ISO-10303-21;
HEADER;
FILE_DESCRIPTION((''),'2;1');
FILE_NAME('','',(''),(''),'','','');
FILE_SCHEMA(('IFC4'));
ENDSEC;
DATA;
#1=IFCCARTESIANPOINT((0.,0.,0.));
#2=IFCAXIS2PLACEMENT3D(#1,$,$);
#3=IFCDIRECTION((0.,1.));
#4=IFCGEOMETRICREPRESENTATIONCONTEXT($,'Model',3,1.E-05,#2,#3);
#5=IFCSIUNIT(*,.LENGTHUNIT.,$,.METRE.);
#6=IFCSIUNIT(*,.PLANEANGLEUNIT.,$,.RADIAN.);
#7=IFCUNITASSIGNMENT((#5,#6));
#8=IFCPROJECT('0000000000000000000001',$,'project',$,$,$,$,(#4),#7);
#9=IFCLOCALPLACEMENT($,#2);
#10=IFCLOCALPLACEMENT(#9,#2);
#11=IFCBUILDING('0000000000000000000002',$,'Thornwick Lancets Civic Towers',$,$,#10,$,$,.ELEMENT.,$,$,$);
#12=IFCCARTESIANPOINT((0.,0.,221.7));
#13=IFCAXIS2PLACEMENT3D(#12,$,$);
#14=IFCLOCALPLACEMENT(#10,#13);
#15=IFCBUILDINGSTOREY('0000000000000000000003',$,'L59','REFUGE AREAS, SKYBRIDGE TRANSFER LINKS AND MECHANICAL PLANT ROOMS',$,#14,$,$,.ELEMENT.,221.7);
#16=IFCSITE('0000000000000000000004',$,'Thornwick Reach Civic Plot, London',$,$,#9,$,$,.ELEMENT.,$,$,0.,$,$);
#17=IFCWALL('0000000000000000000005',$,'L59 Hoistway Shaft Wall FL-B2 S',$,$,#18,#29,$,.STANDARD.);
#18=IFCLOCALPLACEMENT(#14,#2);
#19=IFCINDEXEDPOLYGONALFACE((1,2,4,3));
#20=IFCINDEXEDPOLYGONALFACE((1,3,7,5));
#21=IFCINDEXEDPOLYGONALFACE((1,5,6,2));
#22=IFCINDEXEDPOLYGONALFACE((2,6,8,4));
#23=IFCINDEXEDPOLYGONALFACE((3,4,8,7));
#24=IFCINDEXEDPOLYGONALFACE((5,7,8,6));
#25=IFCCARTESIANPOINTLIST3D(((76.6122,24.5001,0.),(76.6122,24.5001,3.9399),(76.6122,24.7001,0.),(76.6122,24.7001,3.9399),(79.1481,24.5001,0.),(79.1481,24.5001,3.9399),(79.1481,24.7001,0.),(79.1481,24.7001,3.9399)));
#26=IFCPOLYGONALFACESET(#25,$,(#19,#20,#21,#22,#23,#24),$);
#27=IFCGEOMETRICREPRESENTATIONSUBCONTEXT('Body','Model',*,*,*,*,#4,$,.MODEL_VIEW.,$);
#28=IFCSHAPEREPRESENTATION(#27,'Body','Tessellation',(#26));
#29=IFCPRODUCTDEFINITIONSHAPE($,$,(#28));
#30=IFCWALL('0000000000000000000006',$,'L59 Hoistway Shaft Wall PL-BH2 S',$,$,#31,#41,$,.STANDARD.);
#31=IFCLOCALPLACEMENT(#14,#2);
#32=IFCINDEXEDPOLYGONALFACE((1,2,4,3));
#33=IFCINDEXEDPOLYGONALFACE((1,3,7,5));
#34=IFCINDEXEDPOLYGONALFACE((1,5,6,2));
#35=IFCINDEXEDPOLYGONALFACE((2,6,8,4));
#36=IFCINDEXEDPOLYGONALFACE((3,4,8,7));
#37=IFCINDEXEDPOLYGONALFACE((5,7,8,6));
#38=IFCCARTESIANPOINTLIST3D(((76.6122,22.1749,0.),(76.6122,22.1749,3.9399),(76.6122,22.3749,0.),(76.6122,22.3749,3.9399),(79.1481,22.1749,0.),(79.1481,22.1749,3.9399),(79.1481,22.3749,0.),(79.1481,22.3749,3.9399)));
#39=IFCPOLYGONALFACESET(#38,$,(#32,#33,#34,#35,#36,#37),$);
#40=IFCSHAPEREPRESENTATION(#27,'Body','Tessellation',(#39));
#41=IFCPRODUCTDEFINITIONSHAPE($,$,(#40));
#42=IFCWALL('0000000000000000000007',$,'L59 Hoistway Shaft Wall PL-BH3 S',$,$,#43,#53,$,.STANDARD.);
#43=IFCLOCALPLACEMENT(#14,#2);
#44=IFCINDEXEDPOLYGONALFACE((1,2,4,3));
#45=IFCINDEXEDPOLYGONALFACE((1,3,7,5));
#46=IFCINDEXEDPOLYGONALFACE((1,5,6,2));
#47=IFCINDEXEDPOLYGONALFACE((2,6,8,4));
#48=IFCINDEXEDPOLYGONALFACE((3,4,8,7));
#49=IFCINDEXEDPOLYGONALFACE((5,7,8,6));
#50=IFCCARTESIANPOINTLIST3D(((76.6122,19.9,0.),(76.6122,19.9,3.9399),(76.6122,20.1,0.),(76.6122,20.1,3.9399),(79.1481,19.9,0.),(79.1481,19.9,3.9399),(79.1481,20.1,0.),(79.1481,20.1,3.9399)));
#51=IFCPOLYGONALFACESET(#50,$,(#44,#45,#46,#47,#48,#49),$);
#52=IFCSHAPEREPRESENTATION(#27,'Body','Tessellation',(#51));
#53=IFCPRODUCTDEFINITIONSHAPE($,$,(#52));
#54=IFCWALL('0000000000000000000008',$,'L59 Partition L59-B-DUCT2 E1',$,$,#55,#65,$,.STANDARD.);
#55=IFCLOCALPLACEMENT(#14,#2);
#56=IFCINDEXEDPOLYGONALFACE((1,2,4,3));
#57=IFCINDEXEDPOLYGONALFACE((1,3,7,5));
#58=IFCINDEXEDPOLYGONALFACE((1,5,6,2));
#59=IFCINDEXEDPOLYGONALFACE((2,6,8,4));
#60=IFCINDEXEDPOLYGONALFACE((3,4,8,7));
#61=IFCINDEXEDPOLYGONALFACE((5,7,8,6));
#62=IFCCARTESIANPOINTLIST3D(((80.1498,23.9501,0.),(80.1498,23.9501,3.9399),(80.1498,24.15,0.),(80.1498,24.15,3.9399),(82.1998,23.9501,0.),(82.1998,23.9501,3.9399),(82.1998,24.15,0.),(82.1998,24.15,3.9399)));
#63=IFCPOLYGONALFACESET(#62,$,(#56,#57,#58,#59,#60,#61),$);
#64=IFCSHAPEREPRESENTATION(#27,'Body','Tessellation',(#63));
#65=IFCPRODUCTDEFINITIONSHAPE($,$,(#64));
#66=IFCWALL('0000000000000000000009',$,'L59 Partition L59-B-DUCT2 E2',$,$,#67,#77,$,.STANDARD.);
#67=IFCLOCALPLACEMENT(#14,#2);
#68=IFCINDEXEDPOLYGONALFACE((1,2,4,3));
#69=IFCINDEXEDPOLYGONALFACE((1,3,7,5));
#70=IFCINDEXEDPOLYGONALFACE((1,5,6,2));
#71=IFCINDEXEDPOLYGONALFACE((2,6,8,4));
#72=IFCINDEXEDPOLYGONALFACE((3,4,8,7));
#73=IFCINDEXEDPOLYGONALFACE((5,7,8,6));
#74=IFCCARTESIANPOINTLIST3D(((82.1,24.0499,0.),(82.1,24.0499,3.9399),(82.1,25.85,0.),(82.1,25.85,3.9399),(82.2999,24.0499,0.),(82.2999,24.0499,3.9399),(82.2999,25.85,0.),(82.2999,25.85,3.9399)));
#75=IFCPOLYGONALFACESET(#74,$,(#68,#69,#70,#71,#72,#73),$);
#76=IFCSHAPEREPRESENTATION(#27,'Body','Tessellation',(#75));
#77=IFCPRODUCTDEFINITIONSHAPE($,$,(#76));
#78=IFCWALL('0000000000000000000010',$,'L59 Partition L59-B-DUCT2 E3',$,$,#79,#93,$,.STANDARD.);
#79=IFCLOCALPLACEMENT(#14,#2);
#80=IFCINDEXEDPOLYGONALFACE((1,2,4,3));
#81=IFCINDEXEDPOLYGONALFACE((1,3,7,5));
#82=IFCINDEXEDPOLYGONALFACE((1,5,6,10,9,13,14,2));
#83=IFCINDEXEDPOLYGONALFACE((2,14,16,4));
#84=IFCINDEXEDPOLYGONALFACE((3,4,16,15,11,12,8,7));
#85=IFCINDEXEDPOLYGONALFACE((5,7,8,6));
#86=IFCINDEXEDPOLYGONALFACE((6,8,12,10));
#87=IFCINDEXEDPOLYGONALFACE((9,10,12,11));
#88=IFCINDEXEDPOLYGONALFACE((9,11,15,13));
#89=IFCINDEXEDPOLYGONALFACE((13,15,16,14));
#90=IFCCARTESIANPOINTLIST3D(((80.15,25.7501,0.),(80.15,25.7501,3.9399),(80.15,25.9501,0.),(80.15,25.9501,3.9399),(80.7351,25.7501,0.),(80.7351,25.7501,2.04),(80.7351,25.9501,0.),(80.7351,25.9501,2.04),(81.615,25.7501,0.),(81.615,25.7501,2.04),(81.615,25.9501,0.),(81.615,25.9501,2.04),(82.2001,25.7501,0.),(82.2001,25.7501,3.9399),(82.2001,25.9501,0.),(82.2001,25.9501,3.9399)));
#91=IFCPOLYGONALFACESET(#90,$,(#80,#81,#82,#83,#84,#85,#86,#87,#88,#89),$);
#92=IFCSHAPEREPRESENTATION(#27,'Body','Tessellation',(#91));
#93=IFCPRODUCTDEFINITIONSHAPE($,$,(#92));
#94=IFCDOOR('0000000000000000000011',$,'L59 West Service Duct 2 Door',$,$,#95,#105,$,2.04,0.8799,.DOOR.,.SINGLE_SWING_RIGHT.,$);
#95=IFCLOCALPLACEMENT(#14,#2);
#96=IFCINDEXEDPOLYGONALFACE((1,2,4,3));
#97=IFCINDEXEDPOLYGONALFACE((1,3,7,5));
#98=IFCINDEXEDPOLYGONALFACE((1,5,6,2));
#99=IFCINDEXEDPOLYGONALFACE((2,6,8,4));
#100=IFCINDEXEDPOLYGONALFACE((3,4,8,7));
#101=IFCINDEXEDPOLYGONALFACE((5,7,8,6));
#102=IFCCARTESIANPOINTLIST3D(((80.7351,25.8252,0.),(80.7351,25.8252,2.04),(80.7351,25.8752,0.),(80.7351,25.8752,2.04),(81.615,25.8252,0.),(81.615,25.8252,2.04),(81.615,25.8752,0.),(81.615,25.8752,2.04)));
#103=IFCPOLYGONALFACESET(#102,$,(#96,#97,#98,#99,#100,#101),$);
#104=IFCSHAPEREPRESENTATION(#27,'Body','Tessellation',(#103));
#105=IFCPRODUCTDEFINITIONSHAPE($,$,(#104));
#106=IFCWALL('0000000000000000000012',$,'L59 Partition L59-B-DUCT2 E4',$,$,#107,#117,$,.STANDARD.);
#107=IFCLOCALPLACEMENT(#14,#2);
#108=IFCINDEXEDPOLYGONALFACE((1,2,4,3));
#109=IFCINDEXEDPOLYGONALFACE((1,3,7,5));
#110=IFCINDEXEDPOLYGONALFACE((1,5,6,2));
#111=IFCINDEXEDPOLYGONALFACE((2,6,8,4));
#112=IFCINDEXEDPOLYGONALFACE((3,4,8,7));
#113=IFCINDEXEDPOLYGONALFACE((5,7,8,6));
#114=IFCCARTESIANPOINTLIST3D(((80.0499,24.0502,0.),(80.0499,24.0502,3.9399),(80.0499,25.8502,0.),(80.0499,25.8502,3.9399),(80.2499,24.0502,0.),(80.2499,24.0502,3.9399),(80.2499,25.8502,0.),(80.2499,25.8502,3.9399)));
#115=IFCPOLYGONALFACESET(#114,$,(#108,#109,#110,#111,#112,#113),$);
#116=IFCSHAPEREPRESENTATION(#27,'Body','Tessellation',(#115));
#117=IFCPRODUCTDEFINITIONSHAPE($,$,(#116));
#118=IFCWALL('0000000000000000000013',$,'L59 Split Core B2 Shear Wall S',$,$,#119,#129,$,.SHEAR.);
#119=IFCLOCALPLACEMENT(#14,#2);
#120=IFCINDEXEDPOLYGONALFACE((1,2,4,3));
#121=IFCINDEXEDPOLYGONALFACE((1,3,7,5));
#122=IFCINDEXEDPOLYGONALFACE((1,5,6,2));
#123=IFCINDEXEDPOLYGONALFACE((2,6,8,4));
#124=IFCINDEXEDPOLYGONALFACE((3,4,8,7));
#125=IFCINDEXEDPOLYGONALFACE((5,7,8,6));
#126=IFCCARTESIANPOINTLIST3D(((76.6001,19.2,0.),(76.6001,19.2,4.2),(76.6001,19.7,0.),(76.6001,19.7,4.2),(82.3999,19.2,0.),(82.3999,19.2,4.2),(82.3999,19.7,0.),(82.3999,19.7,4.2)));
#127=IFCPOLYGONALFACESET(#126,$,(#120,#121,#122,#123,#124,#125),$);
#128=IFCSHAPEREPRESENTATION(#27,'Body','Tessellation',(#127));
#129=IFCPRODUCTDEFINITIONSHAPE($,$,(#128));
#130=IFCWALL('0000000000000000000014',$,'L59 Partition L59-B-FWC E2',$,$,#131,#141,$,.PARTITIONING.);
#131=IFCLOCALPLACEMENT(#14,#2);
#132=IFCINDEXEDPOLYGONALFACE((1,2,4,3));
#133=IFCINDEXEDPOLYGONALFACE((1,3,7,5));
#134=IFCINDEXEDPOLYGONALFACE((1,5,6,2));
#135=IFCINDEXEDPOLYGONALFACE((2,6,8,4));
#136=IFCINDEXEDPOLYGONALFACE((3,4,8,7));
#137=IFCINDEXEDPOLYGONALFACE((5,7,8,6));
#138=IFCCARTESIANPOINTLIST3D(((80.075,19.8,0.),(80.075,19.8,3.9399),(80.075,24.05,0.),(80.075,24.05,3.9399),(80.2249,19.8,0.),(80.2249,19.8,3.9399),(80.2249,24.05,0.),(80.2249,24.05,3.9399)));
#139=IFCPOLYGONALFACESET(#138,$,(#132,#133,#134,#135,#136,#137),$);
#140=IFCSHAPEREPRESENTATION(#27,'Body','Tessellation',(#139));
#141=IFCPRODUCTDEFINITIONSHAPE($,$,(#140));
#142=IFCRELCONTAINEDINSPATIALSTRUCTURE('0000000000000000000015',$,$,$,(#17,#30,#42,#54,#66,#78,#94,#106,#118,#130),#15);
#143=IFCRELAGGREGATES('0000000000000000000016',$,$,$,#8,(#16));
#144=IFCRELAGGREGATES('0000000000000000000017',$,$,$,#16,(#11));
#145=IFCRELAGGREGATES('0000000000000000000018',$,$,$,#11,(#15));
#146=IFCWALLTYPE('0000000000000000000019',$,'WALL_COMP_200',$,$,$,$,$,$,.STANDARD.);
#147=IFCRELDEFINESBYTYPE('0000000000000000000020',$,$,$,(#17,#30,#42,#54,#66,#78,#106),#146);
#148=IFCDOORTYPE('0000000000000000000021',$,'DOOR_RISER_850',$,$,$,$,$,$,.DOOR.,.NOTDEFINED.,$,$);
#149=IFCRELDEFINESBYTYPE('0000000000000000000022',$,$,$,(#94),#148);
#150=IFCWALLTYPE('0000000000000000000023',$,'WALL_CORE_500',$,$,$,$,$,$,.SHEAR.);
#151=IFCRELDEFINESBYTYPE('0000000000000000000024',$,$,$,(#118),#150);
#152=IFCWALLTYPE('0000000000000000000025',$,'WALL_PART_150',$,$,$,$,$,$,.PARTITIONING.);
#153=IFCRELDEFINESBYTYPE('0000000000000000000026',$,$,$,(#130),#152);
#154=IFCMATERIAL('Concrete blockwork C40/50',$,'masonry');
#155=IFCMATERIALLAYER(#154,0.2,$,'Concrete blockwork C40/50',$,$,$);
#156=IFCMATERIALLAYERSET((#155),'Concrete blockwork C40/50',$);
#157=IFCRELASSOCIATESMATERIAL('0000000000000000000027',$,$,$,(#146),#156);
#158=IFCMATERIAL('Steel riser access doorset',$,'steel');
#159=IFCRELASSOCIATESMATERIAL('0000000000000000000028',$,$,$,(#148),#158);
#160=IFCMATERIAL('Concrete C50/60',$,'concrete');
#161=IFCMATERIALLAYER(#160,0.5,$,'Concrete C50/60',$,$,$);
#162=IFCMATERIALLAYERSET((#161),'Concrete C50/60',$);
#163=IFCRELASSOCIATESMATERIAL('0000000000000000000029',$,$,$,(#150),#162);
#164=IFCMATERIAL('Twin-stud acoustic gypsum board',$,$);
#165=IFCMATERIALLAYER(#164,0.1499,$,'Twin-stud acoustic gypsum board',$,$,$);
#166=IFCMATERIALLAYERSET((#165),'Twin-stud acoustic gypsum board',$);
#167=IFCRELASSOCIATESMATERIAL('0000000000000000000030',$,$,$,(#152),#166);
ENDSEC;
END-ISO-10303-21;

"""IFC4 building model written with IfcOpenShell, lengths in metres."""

from ifc_helpers import new_model, si_unit, direction, frame, frame_2d, origin, place, context, subcontext, project, spatial, rectangle, extrude, material, layer, layer_set, type_object, element, fill, save


model = new_model("IFC4")

# Units and contexts
model_context = context("Model", 3, precision=1e-05, world=origin(), true_north=direction((0.0, 1.0)))
body_context = subcontext(model_context, "Body", "Model", "MODEL_VIEW")
ifc_project = project(units=[si_unit("LENGTHUNIT", "METRE"), si_unit("PLANEANGLEUNIT", "RADIAN")], contexts=[model_context])

# Site, building, storey
site_placement = place(None, origin())
site = spatial("IfcSite", under=ifc_project, at=site_placement, Name="Thornwick Reach Civic Plot, London", CompositionType="ELEMENT", RefElevation=0.0)
building_placement = place(site_placement, origin())
building = spatial("IfcBuilding", under=site, at=building_placement, Name="Thornwick Lancets Civic Towers", CompositionType="ELEMENT")
storey_placement = place(building_placement, frame((0.0, 0.0, 221.7)))
storey = spatial("IfcBuildingStorey", under=building, at=storey_placement, Name="L59", Description="REFUGE AREAS, SKYBRIDGE TRANSFER LINKS AND MECHANICAL PLANT ROOMS", CompositionType="ELEMENT", Elevation=221.7)

# Shared definitions
ifc_material_1 = material(Name="Concrete C50/60", Category="concrete")

# Shared definitions
ifc_material_2 = material(Name="Concrete blockwork C40/50", Category="masonry")
ifc_layer_1 = layer(ifc_material_2, 0.2, Name="Concrete blockwork C40/50")
ifc_layer_set_1 = layer_set([ifc_layer_1], Name="Concrete blockwork C40/50")
wall_type_1 = type_object("IfcWallType", Name="WALL_COMP_200", PredefinedType="STANDARD", material=ifc_layer_set_1)

# Walls
for number, where, z_axis, x_axis, name in (
    (1, (76.6121, 24.6001, 0.0), (0.0, 0.0, 1.0), (1.0, 0.0, 0.0), "L59 Hoistway Shaft Wall FL-B2 S"),
    (2, (76.6121, 22.2749, 0.0), (0.0, 0.0, 1.0), (1.0, 0.0, 0.0), "L59 Hoistway Shaft Wall PL-BH2 S"),
    (3, (76.6121, 20.0, 0.0), (0.0, 0.0, 1.0), (1.0, 0.0, 0.0), "L59 Hoistway Shaft Wall PL-BH3 S"),
):
    element("IfcWall", number, at=place(storey_placement, frame(where, z_axis=z_axis, x_axis=x_axis)), inside=storey, type_object=wall_type_1, Name=name, PredefinedType="STANDARD", context=body_context, shape_type="SweptSolid", body=[
        extrude(rectangle(XDim=2.5359, YDim=0.2, at=frame_2d((1.2681, 0.0))), origin(), (0.0, 0.0, 1.0), 3.9399),
    ])
wall_1_placement = place(storey_placement, frame((80.1499, 24.05, 0.0), z_axis=(0.0, 0.0, 1.0), x_axis=(1.0, 0.0, 0.0)))
element("IfcWall", 4, at=wall_1_placement, inside=storey, type_object=wall_type_1, Name="L59 Partition L59-B-DUCT2 E1", PredefinedType="STANDARD", context=body_context, shape_type="SweptSolid", body=[
    extrude(rectangle(XDim=2.05, YDim=0.2, at=frame_2d((1.0249, 0.0))), origin(), (0.0, 0.0, 1.0), 3.9399),
])
wall_2_placement = place(storey_placement, frame((82.2, 24.05, 0.0), z_axis=(0.0, 0.0, 1.0), x_axis=(0.0, 1.0, 0.0)))
element("IfcWall", 5, at=wall_2_placement, inside=storey, type_object=wall_type_1, Name="L59 Partition L59-B-DUCT2 E2", PredefinedType="STANDARD", context=body_context, shape_type="SweptSolid", body=[
    extrude(rectangle(XDim=1.8, YDim=0.2, at=frame_2d((0.8999, 0.0))), origin(), (0.0, 0.0, 1.0), 3.9399),
])

# Wall, opening, door
wall_3_placement = place(storey_placement, frame((82.2, 25.8501, 0.0), z_axis=(0.0, 0.0, 1.0), x_axis=(-1.0, 0.0, 0.0)))
wall_3 = element("IfcWall", 6, at=wall_3_placement, inside=storey, type_object=wall_type_1, Name="L59 Partition L59-B-DUCT2 E3", PredefinedType="STANDARD", context=body_context, shape_type="SweptSolid", body=[
    extrude(rectangle(XDim=2.05, YDim=0.2, at=frame_2d((1.0249, 0.0))), origin(), (0.0, 0.0, 1.0), 3.9399),
])
opening_1_placement = place(wall_3_placement, frame((0.585, 0.0, 0.0)))
opening_1 = element("IfcOpeningElement", 7, at=opening_1_placement, cuts=wall_3, PredefinedType="OPENING", context=body_context, shape_type="SweptSolid", body=[
    extrude(rectangle(XDim=0.8799, YDim=2.04, at=frame_2d((0.4399, 1.02))), frame((0.0, 0.1099, 0.0), z_axis=(0.0, -1.0, 0.0), x_axis=(1.0, 0.0, 0.0)), (0.0, 0.0, 1.0), 0.22),
])
ifc_material_3 = material(Name="Steel riser access doorset", Category="steel")
door_type_1 = type_object("IfcDoorType", Name="DOOR_RISER_850", OperationType="NOTDEFINED", PredefinedType="DOOR", material=ifc_material_3)
door_1_placement = place(opening_1_placement, origin())
door_1 = element("IfcDoor", 8, at=door_1_placement, inside=storey, type_object=door_type_1, Name="L59 West Service Duct 2 Door", OperationType="SINGLE_SWING_RIGHT", OverallHeight=2.04, OverallWidth=0.8799, PredefinedType="DOOR", context=body_context, shape_type="SweptSolid", body=[
    extrude(rectangle(XDim=0.8799, YDim=2.04, at=frame_2d((0.4399, 1.02))), frame((0.0, 0.0249, 0.0), z_axis=(0.0, -1.0, 0.0), x_axis=(1.0, 0.0, 0.0)), (0.0, 0.0, 1.0), 0.05),
])
fill(opening_1, door_1)

# Walls
wall_4_placement = place(storey_placement, frame((80.1499, 25.8501, 0.0), z_axis=(0.0, 0.0, 1.0), x_axis=(0.0, -1.0, 0.0)))
element("IfcWall", 9, at=wall_4_placement, inside=storey, type_object=wall_type_1, Name="L59 Partition L59-B-DUCT2 E4", PredefinedType="STANDARD", context=body_context, shape_type="SweptSolid", body=[
    extrude(rectangle(XDim=1.8, YDim=0.2, at=frame_2d((0.8999, 0.0))), origin(), (0.0, 0.0, 1.0), 3.9399),
])
ifc_layer_2 = layer(ifc_material_1, 0.5, Name="Concrete C50/60")
ifc_layer_set_2 = layer_set([ifc_layer_2], Name="Concrete C50/60")
wall_type_2 = type_object("IfcWallType", Name="WALL_CORE_500", PredefinedType="SHEAR", material=ifc_layer_set_2)
wall_5_placement = place(storey_placement, frame((76.6001, 19.45, 0.0), z_axis=(0.0, 0.0, 1.0), x_axis=(1.0, 0.0, 0.0)))
element("IfcWall", 10, at=wall_5_placement, inside=storey, type_object=wall_type_2, Name="L59 Split Core B2 Shear Wall S", PredefinedType="SHEAR", context=body_context, shape_type="SweptSolid", body=[
    extrude(rectangle(XDim=5.7998, YDim=0.5, at=frame_2d((2.8999, 0.0))), origin(), (0.0, 0.0, 1.0), 4.2),
])
ifc_material_4 = material(Name="Twin-stud acoustic gypsum board")
ifc_layer_3 = layer(ifc_material_4, 0.1499, Name="Twin-stud acoustic gypsum board")
ifc_layer_set_3 = layer_set([ifc_layer_3], Name="Twin-stud acoustic gypsum board")
wall_type_3 = type_object("IfcWallType", Name="WALL_PART_150", PredefinedType="PARTITIONING", material=ifc_layer_set_3)
wall_6_placement = place(storey_placement, frame((80.1499, 19.8, 0.0), z_axis=(0.0, 0.0, 1.0), x_axis=(0.0, 1.0, 0.0)))
element("IfcWall", 11, at=wall_6_placement, inside=storey, type_object=wall_type_3, Name="L59 Partition L59-B-FWC E2", PredefinedType="PARTITIONING", context=body_context, shape_type="SweptSolid", body=[
    extrude(rectangle(XDim=4.25, YDim=0.1499, at=frame_2d((2.125, 0.0))), origin(), (0.0, 0.0, 1.0), 3.9399),
])

save(model, "model.ifc")
